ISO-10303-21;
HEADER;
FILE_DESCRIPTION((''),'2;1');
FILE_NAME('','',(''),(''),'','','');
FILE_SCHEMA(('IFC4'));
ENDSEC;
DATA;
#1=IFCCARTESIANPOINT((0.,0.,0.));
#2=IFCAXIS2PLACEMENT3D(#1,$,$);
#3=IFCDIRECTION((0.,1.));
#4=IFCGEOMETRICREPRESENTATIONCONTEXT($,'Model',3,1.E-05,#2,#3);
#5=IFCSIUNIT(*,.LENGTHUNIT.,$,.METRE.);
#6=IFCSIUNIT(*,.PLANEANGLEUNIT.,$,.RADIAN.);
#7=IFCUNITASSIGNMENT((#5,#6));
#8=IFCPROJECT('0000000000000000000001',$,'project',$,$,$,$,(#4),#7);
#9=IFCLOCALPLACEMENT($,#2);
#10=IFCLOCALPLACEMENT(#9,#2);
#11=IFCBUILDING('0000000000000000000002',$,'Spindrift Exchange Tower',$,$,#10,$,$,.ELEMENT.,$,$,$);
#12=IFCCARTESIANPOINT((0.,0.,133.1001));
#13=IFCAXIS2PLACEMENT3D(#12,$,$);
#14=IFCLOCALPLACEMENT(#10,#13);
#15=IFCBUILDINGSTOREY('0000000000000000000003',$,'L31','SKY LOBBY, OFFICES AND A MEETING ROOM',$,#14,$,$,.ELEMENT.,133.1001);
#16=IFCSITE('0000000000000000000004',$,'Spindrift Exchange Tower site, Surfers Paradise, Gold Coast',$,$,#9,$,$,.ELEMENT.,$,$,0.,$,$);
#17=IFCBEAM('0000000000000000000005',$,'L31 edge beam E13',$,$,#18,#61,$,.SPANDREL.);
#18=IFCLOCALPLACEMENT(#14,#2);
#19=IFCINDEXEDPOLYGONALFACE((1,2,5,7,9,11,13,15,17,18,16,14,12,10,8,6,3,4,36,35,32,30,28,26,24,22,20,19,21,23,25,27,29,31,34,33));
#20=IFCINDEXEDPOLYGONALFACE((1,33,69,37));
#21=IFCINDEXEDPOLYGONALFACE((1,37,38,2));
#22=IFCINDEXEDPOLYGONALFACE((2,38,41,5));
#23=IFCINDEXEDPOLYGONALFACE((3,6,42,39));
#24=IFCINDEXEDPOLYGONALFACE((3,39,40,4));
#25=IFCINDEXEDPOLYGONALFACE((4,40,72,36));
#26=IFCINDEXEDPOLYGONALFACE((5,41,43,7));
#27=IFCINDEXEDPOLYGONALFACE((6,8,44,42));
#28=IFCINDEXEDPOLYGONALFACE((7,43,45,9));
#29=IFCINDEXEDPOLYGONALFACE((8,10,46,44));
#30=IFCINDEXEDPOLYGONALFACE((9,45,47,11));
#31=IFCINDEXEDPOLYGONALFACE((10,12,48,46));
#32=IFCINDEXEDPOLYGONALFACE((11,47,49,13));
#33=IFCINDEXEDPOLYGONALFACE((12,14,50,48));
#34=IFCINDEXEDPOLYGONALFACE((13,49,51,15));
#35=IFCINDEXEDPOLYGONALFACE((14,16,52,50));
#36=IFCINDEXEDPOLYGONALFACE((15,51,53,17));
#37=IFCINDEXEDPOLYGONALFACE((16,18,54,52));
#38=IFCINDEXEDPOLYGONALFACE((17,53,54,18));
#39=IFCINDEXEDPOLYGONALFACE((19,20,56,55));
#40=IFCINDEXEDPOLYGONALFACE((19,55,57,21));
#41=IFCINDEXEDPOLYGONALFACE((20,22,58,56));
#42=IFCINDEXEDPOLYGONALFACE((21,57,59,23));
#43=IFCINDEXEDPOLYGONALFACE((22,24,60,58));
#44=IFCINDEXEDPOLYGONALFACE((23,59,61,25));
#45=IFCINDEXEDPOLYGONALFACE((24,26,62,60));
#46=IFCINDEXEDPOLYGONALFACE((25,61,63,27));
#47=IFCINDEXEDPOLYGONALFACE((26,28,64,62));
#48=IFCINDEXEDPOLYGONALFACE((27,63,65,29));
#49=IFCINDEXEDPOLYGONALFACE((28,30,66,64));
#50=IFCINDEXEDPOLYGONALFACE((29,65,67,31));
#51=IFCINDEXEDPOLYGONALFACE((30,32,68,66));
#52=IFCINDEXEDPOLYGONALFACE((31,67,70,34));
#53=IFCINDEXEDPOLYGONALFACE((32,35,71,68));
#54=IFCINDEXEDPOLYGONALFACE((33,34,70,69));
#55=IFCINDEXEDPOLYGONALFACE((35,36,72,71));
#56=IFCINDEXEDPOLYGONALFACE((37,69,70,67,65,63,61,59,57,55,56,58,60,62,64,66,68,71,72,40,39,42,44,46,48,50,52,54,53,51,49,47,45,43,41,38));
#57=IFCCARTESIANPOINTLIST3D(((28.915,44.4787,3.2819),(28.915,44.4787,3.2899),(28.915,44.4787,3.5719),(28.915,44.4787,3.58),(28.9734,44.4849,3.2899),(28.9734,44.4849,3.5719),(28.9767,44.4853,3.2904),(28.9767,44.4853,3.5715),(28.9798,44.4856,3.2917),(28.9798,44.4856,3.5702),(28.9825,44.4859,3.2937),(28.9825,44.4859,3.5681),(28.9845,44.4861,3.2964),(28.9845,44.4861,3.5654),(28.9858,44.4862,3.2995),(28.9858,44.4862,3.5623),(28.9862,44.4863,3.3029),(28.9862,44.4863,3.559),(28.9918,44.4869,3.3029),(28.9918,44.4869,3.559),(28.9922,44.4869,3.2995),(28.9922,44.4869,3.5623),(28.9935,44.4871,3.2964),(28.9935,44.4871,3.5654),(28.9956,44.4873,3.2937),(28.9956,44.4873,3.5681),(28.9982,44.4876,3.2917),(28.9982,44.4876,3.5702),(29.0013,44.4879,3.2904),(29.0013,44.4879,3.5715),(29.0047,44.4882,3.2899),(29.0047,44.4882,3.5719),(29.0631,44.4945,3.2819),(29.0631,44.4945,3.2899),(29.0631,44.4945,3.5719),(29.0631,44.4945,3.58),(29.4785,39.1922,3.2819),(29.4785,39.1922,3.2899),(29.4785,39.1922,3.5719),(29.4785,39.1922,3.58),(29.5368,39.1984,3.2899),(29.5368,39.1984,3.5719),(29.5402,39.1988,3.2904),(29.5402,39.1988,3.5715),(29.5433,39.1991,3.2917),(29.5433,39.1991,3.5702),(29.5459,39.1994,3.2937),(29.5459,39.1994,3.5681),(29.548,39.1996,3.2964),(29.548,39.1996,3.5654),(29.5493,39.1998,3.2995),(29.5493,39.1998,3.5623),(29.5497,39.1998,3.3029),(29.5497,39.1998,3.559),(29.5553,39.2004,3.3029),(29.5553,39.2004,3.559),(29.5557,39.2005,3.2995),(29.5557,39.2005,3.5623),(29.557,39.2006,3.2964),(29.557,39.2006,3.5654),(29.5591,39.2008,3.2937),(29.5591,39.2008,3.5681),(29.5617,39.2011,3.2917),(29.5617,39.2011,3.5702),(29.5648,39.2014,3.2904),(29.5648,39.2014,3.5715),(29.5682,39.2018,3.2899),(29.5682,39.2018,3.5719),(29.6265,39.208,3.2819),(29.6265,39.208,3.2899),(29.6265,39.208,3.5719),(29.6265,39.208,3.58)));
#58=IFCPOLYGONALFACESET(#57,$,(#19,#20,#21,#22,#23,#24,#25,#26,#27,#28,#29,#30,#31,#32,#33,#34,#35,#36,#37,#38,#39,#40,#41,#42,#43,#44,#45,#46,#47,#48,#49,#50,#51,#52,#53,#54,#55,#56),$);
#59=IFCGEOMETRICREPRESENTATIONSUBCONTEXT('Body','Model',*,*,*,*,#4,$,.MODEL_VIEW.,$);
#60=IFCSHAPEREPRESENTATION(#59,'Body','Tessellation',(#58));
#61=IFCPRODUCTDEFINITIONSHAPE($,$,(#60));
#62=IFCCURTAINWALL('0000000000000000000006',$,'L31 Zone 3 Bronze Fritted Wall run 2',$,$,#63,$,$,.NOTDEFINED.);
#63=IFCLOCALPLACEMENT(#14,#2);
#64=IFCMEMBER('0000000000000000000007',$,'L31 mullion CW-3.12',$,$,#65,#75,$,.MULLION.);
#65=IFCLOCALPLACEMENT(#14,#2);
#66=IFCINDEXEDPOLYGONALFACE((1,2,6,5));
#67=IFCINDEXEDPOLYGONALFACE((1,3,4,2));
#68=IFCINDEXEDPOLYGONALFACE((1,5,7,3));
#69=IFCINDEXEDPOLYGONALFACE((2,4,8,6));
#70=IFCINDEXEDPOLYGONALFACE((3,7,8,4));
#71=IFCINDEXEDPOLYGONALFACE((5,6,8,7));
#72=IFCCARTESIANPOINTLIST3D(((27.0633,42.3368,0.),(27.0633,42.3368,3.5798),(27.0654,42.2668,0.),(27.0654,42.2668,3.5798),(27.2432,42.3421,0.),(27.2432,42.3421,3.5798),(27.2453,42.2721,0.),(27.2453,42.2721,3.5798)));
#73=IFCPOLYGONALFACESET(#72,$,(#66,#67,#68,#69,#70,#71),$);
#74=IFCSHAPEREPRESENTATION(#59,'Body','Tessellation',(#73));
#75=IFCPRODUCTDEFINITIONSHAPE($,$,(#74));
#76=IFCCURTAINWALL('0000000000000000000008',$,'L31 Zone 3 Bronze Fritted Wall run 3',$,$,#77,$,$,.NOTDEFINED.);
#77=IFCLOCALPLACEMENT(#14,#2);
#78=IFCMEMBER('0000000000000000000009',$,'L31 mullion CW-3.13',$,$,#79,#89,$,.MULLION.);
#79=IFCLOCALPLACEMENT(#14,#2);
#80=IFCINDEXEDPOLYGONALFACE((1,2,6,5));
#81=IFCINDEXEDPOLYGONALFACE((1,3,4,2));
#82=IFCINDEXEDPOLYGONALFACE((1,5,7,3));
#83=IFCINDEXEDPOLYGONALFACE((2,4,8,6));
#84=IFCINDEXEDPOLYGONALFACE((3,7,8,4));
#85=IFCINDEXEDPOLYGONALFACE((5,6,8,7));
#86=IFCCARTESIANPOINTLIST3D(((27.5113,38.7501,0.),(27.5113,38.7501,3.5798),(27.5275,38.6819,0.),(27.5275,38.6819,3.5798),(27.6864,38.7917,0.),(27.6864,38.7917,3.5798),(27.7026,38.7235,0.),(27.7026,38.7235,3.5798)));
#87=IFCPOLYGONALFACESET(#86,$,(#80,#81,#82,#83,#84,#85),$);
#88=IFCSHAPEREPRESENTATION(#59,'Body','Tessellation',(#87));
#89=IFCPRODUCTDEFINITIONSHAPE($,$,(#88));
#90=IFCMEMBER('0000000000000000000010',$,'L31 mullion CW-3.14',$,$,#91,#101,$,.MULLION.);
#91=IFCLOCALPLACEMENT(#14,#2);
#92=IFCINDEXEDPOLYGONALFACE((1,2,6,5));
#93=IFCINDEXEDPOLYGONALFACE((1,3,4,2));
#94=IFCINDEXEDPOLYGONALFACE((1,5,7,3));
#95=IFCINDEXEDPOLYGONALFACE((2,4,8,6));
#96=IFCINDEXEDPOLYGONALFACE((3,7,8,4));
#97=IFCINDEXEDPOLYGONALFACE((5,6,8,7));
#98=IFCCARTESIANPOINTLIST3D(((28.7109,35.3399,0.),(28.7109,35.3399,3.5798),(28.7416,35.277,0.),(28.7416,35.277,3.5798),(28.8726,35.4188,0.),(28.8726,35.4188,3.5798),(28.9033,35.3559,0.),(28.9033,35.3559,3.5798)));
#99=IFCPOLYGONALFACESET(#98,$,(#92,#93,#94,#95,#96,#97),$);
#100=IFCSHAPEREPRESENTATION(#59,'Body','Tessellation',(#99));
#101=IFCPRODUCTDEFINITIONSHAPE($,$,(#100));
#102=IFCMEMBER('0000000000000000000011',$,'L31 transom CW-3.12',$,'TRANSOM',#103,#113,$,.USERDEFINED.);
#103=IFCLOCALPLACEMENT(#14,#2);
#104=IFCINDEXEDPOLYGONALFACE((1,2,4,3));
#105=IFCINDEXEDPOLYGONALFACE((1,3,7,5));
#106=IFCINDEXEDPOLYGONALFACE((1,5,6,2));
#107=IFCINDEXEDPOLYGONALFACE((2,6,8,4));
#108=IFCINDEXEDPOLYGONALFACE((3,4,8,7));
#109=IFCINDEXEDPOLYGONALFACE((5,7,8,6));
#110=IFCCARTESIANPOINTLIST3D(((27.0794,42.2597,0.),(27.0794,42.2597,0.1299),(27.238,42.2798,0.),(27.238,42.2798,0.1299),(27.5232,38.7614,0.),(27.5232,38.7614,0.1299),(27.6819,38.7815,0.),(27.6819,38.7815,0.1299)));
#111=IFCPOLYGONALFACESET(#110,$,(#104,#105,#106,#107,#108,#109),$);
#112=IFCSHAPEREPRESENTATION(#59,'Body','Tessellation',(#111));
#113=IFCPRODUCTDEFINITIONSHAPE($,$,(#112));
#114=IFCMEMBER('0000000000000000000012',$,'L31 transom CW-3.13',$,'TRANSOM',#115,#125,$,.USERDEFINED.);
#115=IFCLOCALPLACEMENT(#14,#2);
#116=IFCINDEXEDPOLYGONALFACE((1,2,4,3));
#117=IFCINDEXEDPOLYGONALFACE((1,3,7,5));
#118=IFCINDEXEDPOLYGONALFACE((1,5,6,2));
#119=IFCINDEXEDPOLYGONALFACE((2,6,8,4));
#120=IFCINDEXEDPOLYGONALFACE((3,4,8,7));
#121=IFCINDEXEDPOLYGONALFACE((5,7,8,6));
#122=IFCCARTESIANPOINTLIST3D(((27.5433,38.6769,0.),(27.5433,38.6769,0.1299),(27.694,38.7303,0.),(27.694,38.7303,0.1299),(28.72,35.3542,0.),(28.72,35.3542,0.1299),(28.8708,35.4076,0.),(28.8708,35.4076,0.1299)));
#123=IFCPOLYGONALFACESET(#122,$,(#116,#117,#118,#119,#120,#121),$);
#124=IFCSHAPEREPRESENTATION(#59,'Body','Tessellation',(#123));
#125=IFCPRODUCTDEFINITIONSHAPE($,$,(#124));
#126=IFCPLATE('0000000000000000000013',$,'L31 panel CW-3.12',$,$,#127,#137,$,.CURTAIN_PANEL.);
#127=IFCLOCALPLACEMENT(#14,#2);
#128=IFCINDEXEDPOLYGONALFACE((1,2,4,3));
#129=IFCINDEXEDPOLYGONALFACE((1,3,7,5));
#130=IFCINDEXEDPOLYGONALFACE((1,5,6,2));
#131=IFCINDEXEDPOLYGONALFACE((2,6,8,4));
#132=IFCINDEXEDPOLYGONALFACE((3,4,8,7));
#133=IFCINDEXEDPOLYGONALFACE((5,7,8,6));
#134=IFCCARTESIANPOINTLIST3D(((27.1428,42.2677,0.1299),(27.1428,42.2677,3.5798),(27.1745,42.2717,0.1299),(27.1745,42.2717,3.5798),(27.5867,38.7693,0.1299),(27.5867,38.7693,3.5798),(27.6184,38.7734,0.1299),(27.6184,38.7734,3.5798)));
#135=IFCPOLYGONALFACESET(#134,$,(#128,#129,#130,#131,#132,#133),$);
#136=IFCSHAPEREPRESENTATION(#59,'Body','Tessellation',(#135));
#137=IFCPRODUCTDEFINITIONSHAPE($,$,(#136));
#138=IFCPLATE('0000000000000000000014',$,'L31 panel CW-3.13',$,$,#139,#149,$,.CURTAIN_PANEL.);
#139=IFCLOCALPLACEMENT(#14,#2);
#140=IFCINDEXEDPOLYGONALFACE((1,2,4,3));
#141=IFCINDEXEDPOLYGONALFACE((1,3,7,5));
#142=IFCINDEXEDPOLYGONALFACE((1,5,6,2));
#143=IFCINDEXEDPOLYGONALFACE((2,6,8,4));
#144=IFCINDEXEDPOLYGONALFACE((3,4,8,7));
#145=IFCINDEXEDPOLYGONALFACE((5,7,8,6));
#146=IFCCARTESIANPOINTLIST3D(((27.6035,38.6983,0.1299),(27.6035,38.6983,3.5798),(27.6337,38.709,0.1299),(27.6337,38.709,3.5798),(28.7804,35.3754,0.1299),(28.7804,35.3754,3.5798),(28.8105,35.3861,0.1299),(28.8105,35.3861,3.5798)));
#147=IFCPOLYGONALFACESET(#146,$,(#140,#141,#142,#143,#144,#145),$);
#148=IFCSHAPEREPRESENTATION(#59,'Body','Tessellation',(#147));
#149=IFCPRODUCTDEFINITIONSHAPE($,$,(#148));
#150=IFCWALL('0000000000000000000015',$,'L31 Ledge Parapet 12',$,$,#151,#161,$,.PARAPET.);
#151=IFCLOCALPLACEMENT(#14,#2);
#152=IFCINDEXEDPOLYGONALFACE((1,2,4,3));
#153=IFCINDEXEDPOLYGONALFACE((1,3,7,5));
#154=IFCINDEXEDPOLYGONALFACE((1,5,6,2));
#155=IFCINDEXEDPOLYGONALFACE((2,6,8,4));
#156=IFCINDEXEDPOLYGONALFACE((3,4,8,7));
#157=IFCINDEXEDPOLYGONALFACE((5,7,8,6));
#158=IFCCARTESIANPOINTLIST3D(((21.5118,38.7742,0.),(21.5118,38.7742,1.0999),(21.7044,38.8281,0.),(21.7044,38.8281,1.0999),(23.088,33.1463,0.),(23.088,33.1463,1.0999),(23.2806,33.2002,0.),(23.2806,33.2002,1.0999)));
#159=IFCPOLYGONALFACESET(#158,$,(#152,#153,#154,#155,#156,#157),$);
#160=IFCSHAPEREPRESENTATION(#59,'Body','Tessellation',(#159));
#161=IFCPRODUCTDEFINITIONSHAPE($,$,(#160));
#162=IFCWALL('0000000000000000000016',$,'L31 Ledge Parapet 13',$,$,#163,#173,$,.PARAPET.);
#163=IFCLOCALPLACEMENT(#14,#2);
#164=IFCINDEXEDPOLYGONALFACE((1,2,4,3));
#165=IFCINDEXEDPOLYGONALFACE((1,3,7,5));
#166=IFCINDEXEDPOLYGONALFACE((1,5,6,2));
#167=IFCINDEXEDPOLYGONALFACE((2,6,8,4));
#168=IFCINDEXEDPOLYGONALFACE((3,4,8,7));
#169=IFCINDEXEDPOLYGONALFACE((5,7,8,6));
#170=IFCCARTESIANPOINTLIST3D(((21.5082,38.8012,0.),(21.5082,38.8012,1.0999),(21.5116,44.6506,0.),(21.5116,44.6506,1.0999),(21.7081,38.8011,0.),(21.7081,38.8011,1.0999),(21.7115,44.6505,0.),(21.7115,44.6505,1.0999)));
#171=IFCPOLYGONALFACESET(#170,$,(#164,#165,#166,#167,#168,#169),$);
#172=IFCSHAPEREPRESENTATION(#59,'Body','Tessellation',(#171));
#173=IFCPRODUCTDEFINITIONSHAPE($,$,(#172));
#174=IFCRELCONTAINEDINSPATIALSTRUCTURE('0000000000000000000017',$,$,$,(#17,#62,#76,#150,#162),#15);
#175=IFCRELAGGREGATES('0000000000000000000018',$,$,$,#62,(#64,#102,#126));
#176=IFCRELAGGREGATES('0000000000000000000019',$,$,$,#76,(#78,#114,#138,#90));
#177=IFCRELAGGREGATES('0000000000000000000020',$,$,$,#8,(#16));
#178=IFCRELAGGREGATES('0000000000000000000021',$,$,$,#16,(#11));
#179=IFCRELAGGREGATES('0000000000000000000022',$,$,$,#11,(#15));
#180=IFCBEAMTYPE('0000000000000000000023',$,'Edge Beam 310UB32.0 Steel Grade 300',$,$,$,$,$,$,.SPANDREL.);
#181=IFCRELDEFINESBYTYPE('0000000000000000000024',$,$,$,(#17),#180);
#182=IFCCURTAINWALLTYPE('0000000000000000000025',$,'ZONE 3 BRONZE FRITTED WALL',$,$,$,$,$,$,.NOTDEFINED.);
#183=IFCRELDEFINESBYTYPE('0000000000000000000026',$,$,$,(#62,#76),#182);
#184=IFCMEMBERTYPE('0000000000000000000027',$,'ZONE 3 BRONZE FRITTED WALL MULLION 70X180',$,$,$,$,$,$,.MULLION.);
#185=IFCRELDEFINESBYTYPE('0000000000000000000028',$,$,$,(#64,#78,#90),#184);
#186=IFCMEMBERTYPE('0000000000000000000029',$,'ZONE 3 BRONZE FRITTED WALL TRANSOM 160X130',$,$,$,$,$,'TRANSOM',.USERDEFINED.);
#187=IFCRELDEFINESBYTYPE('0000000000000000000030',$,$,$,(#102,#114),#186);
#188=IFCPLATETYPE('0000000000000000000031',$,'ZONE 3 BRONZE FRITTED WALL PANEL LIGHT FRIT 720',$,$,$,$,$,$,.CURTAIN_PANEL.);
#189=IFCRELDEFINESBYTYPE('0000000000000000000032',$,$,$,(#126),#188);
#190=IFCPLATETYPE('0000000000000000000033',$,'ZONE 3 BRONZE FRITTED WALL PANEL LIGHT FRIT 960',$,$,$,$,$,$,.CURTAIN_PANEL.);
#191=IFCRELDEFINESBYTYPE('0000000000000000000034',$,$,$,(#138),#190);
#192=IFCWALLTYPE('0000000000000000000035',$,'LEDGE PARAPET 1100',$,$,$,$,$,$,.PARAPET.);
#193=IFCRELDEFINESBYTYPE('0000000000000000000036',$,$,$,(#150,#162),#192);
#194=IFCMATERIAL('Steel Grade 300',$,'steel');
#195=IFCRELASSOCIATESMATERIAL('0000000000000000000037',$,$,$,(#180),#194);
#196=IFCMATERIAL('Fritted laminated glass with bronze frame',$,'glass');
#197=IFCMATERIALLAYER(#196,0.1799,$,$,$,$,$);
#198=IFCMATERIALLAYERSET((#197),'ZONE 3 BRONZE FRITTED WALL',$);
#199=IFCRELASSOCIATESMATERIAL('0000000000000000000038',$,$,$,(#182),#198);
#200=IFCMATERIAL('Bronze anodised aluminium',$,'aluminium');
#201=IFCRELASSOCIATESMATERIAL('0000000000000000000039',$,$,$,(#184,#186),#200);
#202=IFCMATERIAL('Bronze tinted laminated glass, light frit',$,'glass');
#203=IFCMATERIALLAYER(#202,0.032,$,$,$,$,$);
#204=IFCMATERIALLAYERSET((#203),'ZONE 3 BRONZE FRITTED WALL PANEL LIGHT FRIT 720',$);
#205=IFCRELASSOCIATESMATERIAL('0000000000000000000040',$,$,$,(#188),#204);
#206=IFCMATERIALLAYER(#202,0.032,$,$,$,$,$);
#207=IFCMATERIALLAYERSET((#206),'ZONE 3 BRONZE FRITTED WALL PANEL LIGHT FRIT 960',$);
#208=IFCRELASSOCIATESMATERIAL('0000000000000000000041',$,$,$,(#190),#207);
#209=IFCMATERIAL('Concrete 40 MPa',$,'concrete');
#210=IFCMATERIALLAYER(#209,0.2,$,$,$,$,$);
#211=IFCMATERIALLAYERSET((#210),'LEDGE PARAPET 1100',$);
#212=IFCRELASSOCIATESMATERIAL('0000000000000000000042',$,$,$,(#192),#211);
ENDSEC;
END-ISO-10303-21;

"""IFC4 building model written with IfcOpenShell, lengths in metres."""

from ifc_helpers import new_model, si_unit, direction, frame, frame_2d, origin, origin_2d, place, context, subcontext, project, spatial, rectangle, i_section, extrude, source, transform, mapped, material, layer, layer_set, material_profile, profile_set, type_object, element, aggregate, save


model = new_model("IFC4")

# Units and contexts
model_context = context("Model", 3, precision=1e-05, world=origin(), true_north=direction((0.0, 1.0)))
body_context = subcontext(model_context, "Body", "Model", "MODEL_VIEW")
ifc_project = project(units=[si_unit("LENGTHUNIT", "METRE"), si_unit("PLANEANGLEUNIT", "RADIAN")], contexts=[model_context])

# Site, building, storey
site_placement = place(None, origin())
site = spatial("IfcSite", under=ifc_project, at=site_placement, Name="Spindrift Exchange Tower site, Surfers Paradise, Gold Coast", CompositionType="ELEMENT", RefElevation=0.0)
building_placement = place(site_placement, origin())
building = spatial("IfcBuilding", under=site, at=building_placement, Name="Spindrift Exchange Tower", CompositionType="ELEMENT")
storey_placement = place(building_placement, frame((0.0, 0.0, 133.1001)))
storey = spatial("IfcBuildingStorey", under=building, at=storey_placement, Name="L31", Description="SKY LOBBY, OFFICES AND A MEETING ROOM", CompositionType="ELEMENT", Elevation=133.1001)

# Beam
ifc_material_1 = material(Name="Steel Grade 300", Category="steel")
ifc_material_profile_1 = material_profile(ifc_material_1, i_section(OverallWidth=0.1489, OverallDepth=0.2981, WebThickness=0.0056, FlangeThickness=0.0081, FilletRadius=0.0129, at=origin_2d()), Name="310UB32.0")
ifc_profile_set_1 = profile_set([ifc_material_profile_1], Name="Steel Grade 300")
beam_type = type_object("IfcBeamType", Name="Edge Beam 310UB32.0 Steel Grade 300", PredefinedType="SPANDREL", material=ifc_profile_set_1)
shared_shape_1 = source(origin(), body_context, "Body", "SweptSolid", [
    extrude(i_section(OverallWidth=0.1489, OverallDepth=0.2981, WebThickness=0.0056, FlangeThickness=0.0081, FilletRadius=0.0129, at=origin_2d()), origin(), (0.0, 0.0, 1.0), 5.3164),
])
beam_placement = place(storey_placement, frame((28.989, 44.4866, 3.4309), z_axis=(0.10599, -0.994367, 0.0), x_axis=(0.994367, 0.10599, 0.0)))
element("IfcBeam", 1, at=beam_placement, inside=storey, type_object=beam_type, Name="L31 edge beam E13", PredefinedType="SPANDREL", context=body_context, shape_type="MappedRepresentation", body=[
    mapped(shared_shape_1, transform((0.0, 0.0, 0.0), scale=1.0)),
])

# Curtain wall, member
ifc_material_2 = material(Name="Fritted laminated glass with bronze frame", Category="glass")
ifc_layer_1 = layer(ifc_material_2, 0.1799)
ifc_layer_set_1 = layer_set([ifc_layer_1], Name="ZONE 3 BRONZE FRITTED WALL")
curtain_wall_type = type_object("IfcCurtainWallType", Name="ZONE 3 BRONZE FRITTED WALL", PredefinedType="NOTDEFINED", material=ifc_layer_set_1)
curtain_wall_1_placement = place(storey_placement, origin())
curtain_wall_1 = element("IfcCurtainWall", 2, at=curtain_wall_1_placement, inside=storey, type_object=curtain_wall_type, Name="L31 Zone 3 Bronze Fritted Wall run 2", PredefinedType="NOTDEFINED")
ifc_material_3 = material(Name="Bronze anodised aluminium", Category="aluminium")
ifc_material_profile_2 = material_profile(ifc_material_3, rectangle(XDim=0.0701, YDim=0.1799, at=origin_2d()), Name="ZONE 3 BRONZE FRITTED WALL MULLION 70X180")
ifc_profile_set_2 = profile_set([ifc_material_profile_2], Name="Bronze anodised aluminium")
member_type_1 = type_object("IfcMemberType", Name="ZONE 3 BRONZE FRITTED WALL MULLION 70X180", PredefinedType="MULLION", material=ifc_profile_set_2)
shared_shape_2 = source(origin(), body_context, "Body", "SweptSolid", [
    extrude(rectangle(XDim=0.0701, YDim=0.1799, at=origin_2d()), origin(), (0.0, 0.0, 1.0), 3.5798),
])
member_1_placement = place(storey_placement, frame((27.1543, 42.3044, 0.0), z_axis=(0.0, 0.0, 1.0), x_axis=(0.029429, -0.999567, 0.0)))
member_1 = element("IfcMember", 3, at=member_1_placement, type_object=member_type_1, Name="L31 mullion CW-3.12", PredefinedType="MULLION", context=body_context, shape_type="MappedRepresentation", body=[
    mapped(shared_shape_2, transform((0.0, 0.0, 0.0), scale=1.0)),
])

# Curtain wall, members
curtain_wall_2_placement = place(storey_placement, origin())
curtain_wall_2 = element("IfcCurtainWall", 4, at=curtain_wall_2_placement, inside=storey, type_object=curtain_wall_type, Name="L31 Zone 3 Bronze Fritted Wall run 3", PredefinedType="NOTDEFINED")
member_2_placement = place(storey_placement, frame((27.6069, 38.7368, 0.0), z_axis=(0.0, 0.0, 1.0), x_axis=(0.231187, -0.972909, 0.0)))
member_2 = element("IfcMember", 5, at=member_2_placement, type_object=member_type_1, Name="L31 mullion CW-3.13", PredefinedType="MULLION", context=body_context, shape_type="MappedRepresentation", body=[
    mapped(shared_shape_2, transform((0.0, 0.0, 0.0), scale=1.0)),
])
member_3_placement = place(storey_placement, frame((28.8071, 35.3479, 0.0), z_axis=(0.0, 0.0, 1.0), x_axis=(0.438508, -0.898727, 0.0)))
member_3 = element("IfcMember", 6, at=member_3_placement, type_object=member_type_1, Name="L31 mullion CW-3.14", PredefinedType="MULLION", context=body_context, shape_type="MappedRepresentation", body=[
    mapped(shared_shape_2, transform((0.0, 0.0, 0.0), scale=1.0)),
])

# Members
ifc_material_profile_3 = material_profile(ifc_material_3, rectangle(XDim=0.1599, YDim=0.1299, at=origin_2d()), Name="ZONE 3 BRONZE FRITTED WALL TRANSOM 160X130")
ifc_profile_set_3 = profile_set([ifc_material_profile_3], Name="Bronze anodised aluminium")
member_type_2 = type_object("IfcMemberType", Name="ZONE 3 BRONZE FRITTED WALL TRANSOM 160X130", ElementType="TRANSOM", PredefinedType="USERDEFINED", material=ifc_profile_set_3)
shared_shape_3 = source(origin(), body_context, "Body", "SweptSolid", [
    extrude(rectangle(XDim=0.1599, YDim=0.1299, at=origin_2d()), origin(), (0.0, 0.0, 1.0), 3.5264),
])
member_4_placement = place(storey_placement, frame((27.1587, 42.2698, 0.0649), z_axis=(0.125867, -0.992047, 0.0), x_axis=(0.992047, 0.125867, 0.0)))
member_4 = element("IfcMember", 7, at=member_4_placement, type_object=member_type_2, Name="L31 transom CW-3.12", ObjectType="TRANSOM", PredefinedType="USERDEFINED", context=body_context, shape_type="MappedRepresentation", body=[
    mapped(shared_shape_3, transform((0.0, 0.0, 0.0), scale=1.0)),
])
shared_shape_4 = source(origin(), body_context, "Body", "SweptSolid", [
    extrude(rectangle(XDim=0.1599, YDim=0.1299, at=origin_2d()), origin(), (0.0, 0.0, 1.0), 3.5249),
])
member_5_placement = place(storey_placement, frame((27.6187, 38.7036, 0.0649), z_axis=(0.333834, -0.942632, 0.0), x_axis=(0.942632, 0.333834, 0.0)))
member_5 = element("IfcMember", 8, at=member_5_placement, type_object=member_type_2, Name="L31 transom CW-3.13", ObjectType="TRANSOM", PredefinedType="USERDEFINED", context=body_context, shape_type="MappedRepresentation", body=[
    mapped(shared_shape_4, transform((0.0, 0.0, 0.0), scale=1.0)),
])

# Plates
ifc_material_4 = material(Name="Bronze tinted laminated glass, light frit", Category="glass")
ifc_layer_2 = layer(ifc_material_4, 0.032)
ifc_layer_set_2 = layer_set([ifc_layer_2], Name="ZONE 3 BRONZE FRITTED WALL PANEL LIGHT FRIT 720")
plate_type_1 = type_object("IfcPlateType", Name="ZONE 3 BRONZE FRITTED WALL PANEL LIGHT FRIT 720", PredefinedType="CURTAIN_PANEL", material=ifc_layer_set_2)
shared_shape_5 = source(origin(), body_context, "Body", "SweptSolid", [
    extrude(rectangle(XDim=3.5264, YDim=0.032, at=origin_2d()), origin(), (0.0, 0.0, 1.0), 3.45),
])
plate_1_placement = place(storey_placement, frame((27.3806, 40.5205, 0.1299), z_axis=(0.0, 0.0, 1.0), x_axis=(0.125879, -0.992046, 0.0)))
plate_1 = element("IfcPlate", 9, at=plate_1_placement, type_object=plate_type_1, Name="L31 panel CW-3.12", PredefinedType="CURTAIN_PANEL", context=body_context, shape_type="MappedRepresentation", body=[
    mapped(shared_shape_5, transform((0.0, 0.0, 0.0), scale=1.0)),
])
aggregate(curtain_wall_1, [member_1, member_4, plate_1])
ifc_layer_3 = layer(ifc_material_4, 0.032)
ifc_layer_set_3 = layer_set([ifc_layer_3], Name="ZONE 3 BRONZE FRITTED WALL PANEL LIGHT FRIT 960")
plate_type_2 = type_object("IfcPlateType", Name="ZONE 3 BRONZE FRITTED WALL PANEL LIGHT FRIT 960", PredefinedType="CURTAIN_PANEL", material=ifc_layer_set_3)
shared_shape_6 = source(origin(), body_context, "Body", "SweptSolid", [
    extrude(rectangle(XDim=3.5251, YDim=0.032, at=origin_2d()), origin(), (0.0, 0.0, 1.0), 3.45),
])
plate_2_placement = place(storey_placement, frame((28.207, 37.0422, 0.1299), z_axis=(0.0, 0.0, 1.0), x_axis=(0.333846, -0.942628, 0.0)))
plate_2 = element("IfcPlate", 10, at=plate_2_placement, type_object=plate_type_2, Name="L31 panel CW-3.13", PredefinedType="CURTAIN_PANEL", context=body_context, shape_type="MappedRepresentation", body=[
    mapped(shared_shape_6, transform((0.0, 0.0, 0.0), scale=1.0)),
])
aggregate(curtain_wall_2, [member_2, member_5, plate_2, member_3])

# Walls
ifc_material_5 = material(Name="Concrete 40 MPa", Category="concrete")
ifc_layer_4 = layer(ifc_material_5, 0.2)
ifc_layer_set_4 = layer_set([ifc_layer_4], Name="LEDGE PARAPET 1100")
wall_type_1 = type_object("IfcWallType", Name="LEDGE PARAPET 1100", PredefinedType="PARAPET", material=ifc_layer_set_4)
wall_1_placement = place(storey_placement, frame((23.1843, 33.1731, 0.0), z_axis=(0.0, 0.0, 1.0), x_axis=(-0.269686, 0.962948, 0.0)))
element("IfcWall", 11, at=wall_1_placement, inside=storey, type_object=wall_type_1, Name="L31 Ledge Parapet 12", PredefinedType="PARAPET", context=body_context, shape_type="SweptSolid", body=[
    extrude(rectangle(XDim=5.8445, YDim=0.2, at=frame_2d((2.9224, 0.0))), origin(), (0.0, 0.0, 1.0), 1.0999),
])
wall_2_placement = place(storey_placement, frame((21.6082, 38.801, 0.0), z_axis=(0.0, 0.0, 1.0), x_axis=(0.000584, 1.0, 0.0)))
element("IfcWall", 12, at=wall_2_placement, inside=storey, type_object=wall_type_1, Name="L31 Ledge Parapet 13", PredefinedType="PARAPET", context=body_context, shape_type="SweptSolid", body=[
    extrude(rectangle(XDim=5.8494, YDim=0.2, at=frame_2d((2.9248, 0.0))), origin(), (0.0, 0.0, 1.0), 1.0999),
])

save(model, "model.ifc")
